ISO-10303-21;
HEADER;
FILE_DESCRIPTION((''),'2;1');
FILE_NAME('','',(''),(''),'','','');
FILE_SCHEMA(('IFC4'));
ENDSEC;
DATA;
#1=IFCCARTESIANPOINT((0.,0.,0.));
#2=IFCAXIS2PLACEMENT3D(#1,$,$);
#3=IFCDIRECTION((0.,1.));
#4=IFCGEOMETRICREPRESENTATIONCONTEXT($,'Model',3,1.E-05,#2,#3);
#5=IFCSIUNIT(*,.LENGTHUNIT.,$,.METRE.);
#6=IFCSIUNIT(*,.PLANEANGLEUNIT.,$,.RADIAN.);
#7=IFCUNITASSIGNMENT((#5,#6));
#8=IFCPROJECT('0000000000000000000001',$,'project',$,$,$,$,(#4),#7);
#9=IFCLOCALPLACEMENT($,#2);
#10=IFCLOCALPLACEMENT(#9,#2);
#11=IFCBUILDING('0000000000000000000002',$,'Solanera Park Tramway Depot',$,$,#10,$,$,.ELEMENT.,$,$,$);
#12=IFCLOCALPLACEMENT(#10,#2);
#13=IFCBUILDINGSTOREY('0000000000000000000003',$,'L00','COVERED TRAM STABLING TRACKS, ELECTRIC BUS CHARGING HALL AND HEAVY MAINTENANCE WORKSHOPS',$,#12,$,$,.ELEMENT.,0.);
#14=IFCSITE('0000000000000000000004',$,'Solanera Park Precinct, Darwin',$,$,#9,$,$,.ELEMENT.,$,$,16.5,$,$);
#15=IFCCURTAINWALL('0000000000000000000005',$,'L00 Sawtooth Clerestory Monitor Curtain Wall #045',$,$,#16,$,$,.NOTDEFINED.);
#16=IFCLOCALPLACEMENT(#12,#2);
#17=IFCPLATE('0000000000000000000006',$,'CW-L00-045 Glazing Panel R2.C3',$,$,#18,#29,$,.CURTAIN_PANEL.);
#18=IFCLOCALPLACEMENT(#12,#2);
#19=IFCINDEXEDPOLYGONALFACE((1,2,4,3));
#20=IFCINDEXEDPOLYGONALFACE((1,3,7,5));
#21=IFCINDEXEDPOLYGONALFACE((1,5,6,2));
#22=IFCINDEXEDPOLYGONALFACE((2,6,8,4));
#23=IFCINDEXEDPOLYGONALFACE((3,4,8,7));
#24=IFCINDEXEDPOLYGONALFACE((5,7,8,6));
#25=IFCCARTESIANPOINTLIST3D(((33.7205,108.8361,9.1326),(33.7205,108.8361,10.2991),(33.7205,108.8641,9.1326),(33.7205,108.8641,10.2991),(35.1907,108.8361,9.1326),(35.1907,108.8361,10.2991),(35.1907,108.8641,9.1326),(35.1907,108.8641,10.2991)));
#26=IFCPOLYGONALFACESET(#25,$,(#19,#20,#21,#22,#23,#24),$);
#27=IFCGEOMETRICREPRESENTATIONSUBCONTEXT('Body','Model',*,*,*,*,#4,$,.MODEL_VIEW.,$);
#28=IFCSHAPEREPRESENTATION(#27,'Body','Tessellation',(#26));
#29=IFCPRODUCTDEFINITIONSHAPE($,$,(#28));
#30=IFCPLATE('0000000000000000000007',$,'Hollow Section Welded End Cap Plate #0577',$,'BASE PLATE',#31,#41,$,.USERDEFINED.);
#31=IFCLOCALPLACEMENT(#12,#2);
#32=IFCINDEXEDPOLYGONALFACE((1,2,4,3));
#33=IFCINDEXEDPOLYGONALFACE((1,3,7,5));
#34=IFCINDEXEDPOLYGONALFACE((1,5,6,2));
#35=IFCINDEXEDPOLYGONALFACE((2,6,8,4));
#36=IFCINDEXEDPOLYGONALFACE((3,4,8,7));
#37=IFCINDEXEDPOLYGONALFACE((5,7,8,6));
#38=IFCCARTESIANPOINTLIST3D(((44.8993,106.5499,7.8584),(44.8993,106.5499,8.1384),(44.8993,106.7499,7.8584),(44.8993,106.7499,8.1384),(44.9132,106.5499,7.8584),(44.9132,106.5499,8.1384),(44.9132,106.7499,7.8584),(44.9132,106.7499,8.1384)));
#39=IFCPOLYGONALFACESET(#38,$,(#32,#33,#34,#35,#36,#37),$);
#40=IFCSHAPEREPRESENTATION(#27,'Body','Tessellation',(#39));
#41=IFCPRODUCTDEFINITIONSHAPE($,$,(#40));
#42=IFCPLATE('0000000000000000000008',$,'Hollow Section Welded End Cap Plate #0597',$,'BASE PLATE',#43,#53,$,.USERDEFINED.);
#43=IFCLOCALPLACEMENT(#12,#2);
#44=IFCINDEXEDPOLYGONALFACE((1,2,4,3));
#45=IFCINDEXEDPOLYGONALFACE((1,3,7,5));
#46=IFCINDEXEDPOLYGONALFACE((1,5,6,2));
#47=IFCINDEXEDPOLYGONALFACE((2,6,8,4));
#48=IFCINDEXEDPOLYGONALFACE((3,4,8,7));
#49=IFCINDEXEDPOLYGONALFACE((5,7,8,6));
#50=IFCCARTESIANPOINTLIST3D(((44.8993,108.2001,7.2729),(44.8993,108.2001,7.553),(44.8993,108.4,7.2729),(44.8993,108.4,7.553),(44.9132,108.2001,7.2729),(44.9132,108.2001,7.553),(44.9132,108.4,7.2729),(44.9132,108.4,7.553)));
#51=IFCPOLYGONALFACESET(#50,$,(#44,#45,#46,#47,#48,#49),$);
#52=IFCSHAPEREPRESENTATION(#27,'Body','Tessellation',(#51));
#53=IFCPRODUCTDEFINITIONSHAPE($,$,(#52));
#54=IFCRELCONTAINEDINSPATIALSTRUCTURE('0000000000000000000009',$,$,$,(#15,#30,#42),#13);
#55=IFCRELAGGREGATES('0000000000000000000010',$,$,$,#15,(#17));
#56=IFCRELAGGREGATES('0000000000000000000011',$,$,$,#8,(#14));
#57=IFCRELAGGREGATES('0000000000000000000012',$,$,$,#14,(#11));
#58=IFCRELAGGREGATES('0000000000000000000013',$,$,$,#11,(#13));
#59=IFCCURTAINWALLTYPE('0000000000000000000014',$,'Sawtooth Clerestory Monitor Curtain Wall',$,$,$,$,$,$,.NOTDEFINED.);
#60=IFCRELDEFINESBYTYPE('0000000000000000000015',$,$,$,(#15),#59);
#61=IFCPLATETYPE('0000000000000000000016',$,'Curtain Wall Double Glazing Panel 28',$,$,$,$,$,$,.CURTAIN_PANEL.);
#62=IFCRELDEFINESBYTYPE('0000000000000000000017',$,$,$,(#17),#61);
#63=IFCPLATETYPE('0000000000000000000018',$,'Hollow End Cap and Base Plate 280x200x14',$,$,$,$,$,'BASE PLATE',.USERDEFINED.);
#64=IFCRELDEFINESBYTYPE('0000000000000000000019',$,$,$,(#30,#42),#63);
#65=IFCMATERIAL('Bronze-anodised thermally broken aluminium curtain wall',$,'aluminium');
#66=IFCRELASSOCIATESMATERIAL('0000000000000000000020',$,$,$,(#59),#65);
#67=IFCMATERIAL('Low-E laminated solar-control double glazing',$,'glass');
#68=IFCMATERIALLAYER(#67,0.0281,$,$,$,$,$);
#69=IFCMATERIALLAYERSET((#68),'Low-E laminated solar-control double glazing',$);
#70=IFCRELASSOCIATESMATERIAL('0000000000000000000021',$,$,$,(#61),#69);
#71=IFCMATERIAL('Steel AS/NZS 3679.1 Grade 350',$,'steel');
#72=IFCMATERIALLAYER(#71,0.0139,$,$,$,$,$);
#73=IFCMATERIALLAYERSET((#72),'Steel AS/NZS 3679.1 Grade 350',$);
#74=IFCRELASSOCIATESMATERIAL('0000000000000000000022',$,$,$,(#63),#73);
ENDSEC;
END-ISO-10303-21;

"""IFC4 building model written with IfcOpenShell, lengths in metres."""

from ifc_helpers import new_model, si_unit, direction, frame, origin, origin_2d, place, context, subcontext, project, spatial, rectangle, extrude, material, layer, layer_set, type_object, element, aggregate, save


model = new_model("IFC4")

# Units and contexts
model_context = context("Model", 3, precision=1e-05, world=origin(), true_north=direction((0.0, 1.0)))
body_context = subcontext(model_context, "Body", "Model", "MODEL_VIEW")
ifc_project = project(units=[si_unit("LENGTHUNIT", "METRE"), si_unit("PLANEANGLEUNIT", "RADIAN")], contexts=[model_context])

# Site, building, storey
site_placement = place(None, origin())
site = spatial("IfcSite", under=ifc_project, at=site_placement, Name="Solanera Park Precinct, Darwin", CompositionType="ELEMENT", RefElevation=16.5)
building_placement = place(site_placement, origin())
building = spatial("IfcBuilding", under=site, at=building_placement, Name="Solanera Park Tramway Depot", CompositionType="ELEMENT")
storey_placement = place(building_placement, origin())
storey = spatial("IfcBuildingStorey", under=building, at=storey_placement, Name="L00", Description="COVERED TRAM STABLING TRACKS, ELECTRIC BUS CHARGING HALL AND HEAVY MAINTENANCE WORKSHOPS", CompositionType="ELEMENT", Elevation=0.0)

# Curtain wall
ifc_material_1 = material(Name="Bronze-anodised thermally broken aluminium curtain wall", Category="aluminium")
curtain_wall_type = type_object("IfcCurtainWallType", Name="Sawtooth Clerestory Monitor Curtain Wall", PredefinedType="NOTDEFINED", material=ifc_material_1)
curtain_wall_1_placement = place(storey_placement, origin())
curtain_wall_1 = element("IfcCurtainWall", 1, at=curtain_wall_1_placement, inside=storey, type_object=curtain_wall_type, Name="L00 Sawtooth Clerestory Monitor Curtain Wall #045", PredefinedType="NOTDEFINED")

# Plate
ifc_material_2 = material(Name="Low-E laminated solar-control double glazing", Category="glass")
ifc_layer_1 = layer(ifc_material_2, 0.0281)
ifc_layer_set_1 = layer_set([ifc_layer_1], Name="Low-E laminated solar-control double glazing")
plate_type_1 = type_object("IfcPlateType", Name="Curtain Wall Double Glazing Panel 28", PredefinedType="CURTAIN_PANEL", material=ifc_layer_set_1)
plate_1_placement = place(storey_placement, frame((34.4556, 108.8501, 9.1326), z_axis=(0.0, 0.0, 1.0), x_axis=(1.0, 0.0, 0.0)))
plate_1 = element("IfcPlate", 2, at=plate_1_placement, type_object=plate_type_1, Name="CW-L00-045 Glazing Panel R2.C3", PredefinedType="CURTAIN_PANEL", context=body_context, shape_type="SweptSolid", body=[
    extrude(rectangle(XDim=1.4702, YDim=0.0281, at=origin_2d()), origin(), (0.0, 0.0, 1.0), 1.1665),
])
aggregate(curtain_wall_1, [plate_1])

# Plates
ifc_material_3 = material(Name="Steel AS/NZS 3679.1 Grade 350", Category="steel")
ifc_layer_2 = layer(ifc_material_3, 0.0139)
ifc_layer_set_2 = layer_set([ifc_layer_2], Name="Steel AS/NZS 3679.1 Grade 350")
plate_type_2 = type_object("IfcPlateType", Name="Hollow End Cap and Base Plate 280x200x14", ElementType="BASE PLATE", PredefinedType="USERDEFINED", material=ifc_layer_set_2)
for number, where, z_axis, x_axis, name in (
    (3, (44.9062, 106.6499, 7.8584), (0.0, 0.0, 1.0), (1.0, 0.0, 0.0), "Hollow Section Welded End Cap Plate #0577"),
    (4, (44.9062, 108.3, 7.2729), (0.0, 0.0, 1.0), (1.0, 0.0, 0.0), "Hollow Section Welded End Cap Plate #0597"),
):
    element("IfcPlate", number, at=place(storey_placement, frame(where, z_axis=z_axis, x_axis=x_axis)), inside=storey, type_object=plate_type_2, Name=name, ObjectType="BASE PLATE", PredefinedType="USERDEFINED", context=body_context, shape_type="SweptSolid", body=[
        extrude(rectangle(XDim=0.0139, YDim=0.2, at=origin_2d()), origin(), (0.0, 0.0, 1.0), 0.28),
    ])

save(model, "model.ifc")
